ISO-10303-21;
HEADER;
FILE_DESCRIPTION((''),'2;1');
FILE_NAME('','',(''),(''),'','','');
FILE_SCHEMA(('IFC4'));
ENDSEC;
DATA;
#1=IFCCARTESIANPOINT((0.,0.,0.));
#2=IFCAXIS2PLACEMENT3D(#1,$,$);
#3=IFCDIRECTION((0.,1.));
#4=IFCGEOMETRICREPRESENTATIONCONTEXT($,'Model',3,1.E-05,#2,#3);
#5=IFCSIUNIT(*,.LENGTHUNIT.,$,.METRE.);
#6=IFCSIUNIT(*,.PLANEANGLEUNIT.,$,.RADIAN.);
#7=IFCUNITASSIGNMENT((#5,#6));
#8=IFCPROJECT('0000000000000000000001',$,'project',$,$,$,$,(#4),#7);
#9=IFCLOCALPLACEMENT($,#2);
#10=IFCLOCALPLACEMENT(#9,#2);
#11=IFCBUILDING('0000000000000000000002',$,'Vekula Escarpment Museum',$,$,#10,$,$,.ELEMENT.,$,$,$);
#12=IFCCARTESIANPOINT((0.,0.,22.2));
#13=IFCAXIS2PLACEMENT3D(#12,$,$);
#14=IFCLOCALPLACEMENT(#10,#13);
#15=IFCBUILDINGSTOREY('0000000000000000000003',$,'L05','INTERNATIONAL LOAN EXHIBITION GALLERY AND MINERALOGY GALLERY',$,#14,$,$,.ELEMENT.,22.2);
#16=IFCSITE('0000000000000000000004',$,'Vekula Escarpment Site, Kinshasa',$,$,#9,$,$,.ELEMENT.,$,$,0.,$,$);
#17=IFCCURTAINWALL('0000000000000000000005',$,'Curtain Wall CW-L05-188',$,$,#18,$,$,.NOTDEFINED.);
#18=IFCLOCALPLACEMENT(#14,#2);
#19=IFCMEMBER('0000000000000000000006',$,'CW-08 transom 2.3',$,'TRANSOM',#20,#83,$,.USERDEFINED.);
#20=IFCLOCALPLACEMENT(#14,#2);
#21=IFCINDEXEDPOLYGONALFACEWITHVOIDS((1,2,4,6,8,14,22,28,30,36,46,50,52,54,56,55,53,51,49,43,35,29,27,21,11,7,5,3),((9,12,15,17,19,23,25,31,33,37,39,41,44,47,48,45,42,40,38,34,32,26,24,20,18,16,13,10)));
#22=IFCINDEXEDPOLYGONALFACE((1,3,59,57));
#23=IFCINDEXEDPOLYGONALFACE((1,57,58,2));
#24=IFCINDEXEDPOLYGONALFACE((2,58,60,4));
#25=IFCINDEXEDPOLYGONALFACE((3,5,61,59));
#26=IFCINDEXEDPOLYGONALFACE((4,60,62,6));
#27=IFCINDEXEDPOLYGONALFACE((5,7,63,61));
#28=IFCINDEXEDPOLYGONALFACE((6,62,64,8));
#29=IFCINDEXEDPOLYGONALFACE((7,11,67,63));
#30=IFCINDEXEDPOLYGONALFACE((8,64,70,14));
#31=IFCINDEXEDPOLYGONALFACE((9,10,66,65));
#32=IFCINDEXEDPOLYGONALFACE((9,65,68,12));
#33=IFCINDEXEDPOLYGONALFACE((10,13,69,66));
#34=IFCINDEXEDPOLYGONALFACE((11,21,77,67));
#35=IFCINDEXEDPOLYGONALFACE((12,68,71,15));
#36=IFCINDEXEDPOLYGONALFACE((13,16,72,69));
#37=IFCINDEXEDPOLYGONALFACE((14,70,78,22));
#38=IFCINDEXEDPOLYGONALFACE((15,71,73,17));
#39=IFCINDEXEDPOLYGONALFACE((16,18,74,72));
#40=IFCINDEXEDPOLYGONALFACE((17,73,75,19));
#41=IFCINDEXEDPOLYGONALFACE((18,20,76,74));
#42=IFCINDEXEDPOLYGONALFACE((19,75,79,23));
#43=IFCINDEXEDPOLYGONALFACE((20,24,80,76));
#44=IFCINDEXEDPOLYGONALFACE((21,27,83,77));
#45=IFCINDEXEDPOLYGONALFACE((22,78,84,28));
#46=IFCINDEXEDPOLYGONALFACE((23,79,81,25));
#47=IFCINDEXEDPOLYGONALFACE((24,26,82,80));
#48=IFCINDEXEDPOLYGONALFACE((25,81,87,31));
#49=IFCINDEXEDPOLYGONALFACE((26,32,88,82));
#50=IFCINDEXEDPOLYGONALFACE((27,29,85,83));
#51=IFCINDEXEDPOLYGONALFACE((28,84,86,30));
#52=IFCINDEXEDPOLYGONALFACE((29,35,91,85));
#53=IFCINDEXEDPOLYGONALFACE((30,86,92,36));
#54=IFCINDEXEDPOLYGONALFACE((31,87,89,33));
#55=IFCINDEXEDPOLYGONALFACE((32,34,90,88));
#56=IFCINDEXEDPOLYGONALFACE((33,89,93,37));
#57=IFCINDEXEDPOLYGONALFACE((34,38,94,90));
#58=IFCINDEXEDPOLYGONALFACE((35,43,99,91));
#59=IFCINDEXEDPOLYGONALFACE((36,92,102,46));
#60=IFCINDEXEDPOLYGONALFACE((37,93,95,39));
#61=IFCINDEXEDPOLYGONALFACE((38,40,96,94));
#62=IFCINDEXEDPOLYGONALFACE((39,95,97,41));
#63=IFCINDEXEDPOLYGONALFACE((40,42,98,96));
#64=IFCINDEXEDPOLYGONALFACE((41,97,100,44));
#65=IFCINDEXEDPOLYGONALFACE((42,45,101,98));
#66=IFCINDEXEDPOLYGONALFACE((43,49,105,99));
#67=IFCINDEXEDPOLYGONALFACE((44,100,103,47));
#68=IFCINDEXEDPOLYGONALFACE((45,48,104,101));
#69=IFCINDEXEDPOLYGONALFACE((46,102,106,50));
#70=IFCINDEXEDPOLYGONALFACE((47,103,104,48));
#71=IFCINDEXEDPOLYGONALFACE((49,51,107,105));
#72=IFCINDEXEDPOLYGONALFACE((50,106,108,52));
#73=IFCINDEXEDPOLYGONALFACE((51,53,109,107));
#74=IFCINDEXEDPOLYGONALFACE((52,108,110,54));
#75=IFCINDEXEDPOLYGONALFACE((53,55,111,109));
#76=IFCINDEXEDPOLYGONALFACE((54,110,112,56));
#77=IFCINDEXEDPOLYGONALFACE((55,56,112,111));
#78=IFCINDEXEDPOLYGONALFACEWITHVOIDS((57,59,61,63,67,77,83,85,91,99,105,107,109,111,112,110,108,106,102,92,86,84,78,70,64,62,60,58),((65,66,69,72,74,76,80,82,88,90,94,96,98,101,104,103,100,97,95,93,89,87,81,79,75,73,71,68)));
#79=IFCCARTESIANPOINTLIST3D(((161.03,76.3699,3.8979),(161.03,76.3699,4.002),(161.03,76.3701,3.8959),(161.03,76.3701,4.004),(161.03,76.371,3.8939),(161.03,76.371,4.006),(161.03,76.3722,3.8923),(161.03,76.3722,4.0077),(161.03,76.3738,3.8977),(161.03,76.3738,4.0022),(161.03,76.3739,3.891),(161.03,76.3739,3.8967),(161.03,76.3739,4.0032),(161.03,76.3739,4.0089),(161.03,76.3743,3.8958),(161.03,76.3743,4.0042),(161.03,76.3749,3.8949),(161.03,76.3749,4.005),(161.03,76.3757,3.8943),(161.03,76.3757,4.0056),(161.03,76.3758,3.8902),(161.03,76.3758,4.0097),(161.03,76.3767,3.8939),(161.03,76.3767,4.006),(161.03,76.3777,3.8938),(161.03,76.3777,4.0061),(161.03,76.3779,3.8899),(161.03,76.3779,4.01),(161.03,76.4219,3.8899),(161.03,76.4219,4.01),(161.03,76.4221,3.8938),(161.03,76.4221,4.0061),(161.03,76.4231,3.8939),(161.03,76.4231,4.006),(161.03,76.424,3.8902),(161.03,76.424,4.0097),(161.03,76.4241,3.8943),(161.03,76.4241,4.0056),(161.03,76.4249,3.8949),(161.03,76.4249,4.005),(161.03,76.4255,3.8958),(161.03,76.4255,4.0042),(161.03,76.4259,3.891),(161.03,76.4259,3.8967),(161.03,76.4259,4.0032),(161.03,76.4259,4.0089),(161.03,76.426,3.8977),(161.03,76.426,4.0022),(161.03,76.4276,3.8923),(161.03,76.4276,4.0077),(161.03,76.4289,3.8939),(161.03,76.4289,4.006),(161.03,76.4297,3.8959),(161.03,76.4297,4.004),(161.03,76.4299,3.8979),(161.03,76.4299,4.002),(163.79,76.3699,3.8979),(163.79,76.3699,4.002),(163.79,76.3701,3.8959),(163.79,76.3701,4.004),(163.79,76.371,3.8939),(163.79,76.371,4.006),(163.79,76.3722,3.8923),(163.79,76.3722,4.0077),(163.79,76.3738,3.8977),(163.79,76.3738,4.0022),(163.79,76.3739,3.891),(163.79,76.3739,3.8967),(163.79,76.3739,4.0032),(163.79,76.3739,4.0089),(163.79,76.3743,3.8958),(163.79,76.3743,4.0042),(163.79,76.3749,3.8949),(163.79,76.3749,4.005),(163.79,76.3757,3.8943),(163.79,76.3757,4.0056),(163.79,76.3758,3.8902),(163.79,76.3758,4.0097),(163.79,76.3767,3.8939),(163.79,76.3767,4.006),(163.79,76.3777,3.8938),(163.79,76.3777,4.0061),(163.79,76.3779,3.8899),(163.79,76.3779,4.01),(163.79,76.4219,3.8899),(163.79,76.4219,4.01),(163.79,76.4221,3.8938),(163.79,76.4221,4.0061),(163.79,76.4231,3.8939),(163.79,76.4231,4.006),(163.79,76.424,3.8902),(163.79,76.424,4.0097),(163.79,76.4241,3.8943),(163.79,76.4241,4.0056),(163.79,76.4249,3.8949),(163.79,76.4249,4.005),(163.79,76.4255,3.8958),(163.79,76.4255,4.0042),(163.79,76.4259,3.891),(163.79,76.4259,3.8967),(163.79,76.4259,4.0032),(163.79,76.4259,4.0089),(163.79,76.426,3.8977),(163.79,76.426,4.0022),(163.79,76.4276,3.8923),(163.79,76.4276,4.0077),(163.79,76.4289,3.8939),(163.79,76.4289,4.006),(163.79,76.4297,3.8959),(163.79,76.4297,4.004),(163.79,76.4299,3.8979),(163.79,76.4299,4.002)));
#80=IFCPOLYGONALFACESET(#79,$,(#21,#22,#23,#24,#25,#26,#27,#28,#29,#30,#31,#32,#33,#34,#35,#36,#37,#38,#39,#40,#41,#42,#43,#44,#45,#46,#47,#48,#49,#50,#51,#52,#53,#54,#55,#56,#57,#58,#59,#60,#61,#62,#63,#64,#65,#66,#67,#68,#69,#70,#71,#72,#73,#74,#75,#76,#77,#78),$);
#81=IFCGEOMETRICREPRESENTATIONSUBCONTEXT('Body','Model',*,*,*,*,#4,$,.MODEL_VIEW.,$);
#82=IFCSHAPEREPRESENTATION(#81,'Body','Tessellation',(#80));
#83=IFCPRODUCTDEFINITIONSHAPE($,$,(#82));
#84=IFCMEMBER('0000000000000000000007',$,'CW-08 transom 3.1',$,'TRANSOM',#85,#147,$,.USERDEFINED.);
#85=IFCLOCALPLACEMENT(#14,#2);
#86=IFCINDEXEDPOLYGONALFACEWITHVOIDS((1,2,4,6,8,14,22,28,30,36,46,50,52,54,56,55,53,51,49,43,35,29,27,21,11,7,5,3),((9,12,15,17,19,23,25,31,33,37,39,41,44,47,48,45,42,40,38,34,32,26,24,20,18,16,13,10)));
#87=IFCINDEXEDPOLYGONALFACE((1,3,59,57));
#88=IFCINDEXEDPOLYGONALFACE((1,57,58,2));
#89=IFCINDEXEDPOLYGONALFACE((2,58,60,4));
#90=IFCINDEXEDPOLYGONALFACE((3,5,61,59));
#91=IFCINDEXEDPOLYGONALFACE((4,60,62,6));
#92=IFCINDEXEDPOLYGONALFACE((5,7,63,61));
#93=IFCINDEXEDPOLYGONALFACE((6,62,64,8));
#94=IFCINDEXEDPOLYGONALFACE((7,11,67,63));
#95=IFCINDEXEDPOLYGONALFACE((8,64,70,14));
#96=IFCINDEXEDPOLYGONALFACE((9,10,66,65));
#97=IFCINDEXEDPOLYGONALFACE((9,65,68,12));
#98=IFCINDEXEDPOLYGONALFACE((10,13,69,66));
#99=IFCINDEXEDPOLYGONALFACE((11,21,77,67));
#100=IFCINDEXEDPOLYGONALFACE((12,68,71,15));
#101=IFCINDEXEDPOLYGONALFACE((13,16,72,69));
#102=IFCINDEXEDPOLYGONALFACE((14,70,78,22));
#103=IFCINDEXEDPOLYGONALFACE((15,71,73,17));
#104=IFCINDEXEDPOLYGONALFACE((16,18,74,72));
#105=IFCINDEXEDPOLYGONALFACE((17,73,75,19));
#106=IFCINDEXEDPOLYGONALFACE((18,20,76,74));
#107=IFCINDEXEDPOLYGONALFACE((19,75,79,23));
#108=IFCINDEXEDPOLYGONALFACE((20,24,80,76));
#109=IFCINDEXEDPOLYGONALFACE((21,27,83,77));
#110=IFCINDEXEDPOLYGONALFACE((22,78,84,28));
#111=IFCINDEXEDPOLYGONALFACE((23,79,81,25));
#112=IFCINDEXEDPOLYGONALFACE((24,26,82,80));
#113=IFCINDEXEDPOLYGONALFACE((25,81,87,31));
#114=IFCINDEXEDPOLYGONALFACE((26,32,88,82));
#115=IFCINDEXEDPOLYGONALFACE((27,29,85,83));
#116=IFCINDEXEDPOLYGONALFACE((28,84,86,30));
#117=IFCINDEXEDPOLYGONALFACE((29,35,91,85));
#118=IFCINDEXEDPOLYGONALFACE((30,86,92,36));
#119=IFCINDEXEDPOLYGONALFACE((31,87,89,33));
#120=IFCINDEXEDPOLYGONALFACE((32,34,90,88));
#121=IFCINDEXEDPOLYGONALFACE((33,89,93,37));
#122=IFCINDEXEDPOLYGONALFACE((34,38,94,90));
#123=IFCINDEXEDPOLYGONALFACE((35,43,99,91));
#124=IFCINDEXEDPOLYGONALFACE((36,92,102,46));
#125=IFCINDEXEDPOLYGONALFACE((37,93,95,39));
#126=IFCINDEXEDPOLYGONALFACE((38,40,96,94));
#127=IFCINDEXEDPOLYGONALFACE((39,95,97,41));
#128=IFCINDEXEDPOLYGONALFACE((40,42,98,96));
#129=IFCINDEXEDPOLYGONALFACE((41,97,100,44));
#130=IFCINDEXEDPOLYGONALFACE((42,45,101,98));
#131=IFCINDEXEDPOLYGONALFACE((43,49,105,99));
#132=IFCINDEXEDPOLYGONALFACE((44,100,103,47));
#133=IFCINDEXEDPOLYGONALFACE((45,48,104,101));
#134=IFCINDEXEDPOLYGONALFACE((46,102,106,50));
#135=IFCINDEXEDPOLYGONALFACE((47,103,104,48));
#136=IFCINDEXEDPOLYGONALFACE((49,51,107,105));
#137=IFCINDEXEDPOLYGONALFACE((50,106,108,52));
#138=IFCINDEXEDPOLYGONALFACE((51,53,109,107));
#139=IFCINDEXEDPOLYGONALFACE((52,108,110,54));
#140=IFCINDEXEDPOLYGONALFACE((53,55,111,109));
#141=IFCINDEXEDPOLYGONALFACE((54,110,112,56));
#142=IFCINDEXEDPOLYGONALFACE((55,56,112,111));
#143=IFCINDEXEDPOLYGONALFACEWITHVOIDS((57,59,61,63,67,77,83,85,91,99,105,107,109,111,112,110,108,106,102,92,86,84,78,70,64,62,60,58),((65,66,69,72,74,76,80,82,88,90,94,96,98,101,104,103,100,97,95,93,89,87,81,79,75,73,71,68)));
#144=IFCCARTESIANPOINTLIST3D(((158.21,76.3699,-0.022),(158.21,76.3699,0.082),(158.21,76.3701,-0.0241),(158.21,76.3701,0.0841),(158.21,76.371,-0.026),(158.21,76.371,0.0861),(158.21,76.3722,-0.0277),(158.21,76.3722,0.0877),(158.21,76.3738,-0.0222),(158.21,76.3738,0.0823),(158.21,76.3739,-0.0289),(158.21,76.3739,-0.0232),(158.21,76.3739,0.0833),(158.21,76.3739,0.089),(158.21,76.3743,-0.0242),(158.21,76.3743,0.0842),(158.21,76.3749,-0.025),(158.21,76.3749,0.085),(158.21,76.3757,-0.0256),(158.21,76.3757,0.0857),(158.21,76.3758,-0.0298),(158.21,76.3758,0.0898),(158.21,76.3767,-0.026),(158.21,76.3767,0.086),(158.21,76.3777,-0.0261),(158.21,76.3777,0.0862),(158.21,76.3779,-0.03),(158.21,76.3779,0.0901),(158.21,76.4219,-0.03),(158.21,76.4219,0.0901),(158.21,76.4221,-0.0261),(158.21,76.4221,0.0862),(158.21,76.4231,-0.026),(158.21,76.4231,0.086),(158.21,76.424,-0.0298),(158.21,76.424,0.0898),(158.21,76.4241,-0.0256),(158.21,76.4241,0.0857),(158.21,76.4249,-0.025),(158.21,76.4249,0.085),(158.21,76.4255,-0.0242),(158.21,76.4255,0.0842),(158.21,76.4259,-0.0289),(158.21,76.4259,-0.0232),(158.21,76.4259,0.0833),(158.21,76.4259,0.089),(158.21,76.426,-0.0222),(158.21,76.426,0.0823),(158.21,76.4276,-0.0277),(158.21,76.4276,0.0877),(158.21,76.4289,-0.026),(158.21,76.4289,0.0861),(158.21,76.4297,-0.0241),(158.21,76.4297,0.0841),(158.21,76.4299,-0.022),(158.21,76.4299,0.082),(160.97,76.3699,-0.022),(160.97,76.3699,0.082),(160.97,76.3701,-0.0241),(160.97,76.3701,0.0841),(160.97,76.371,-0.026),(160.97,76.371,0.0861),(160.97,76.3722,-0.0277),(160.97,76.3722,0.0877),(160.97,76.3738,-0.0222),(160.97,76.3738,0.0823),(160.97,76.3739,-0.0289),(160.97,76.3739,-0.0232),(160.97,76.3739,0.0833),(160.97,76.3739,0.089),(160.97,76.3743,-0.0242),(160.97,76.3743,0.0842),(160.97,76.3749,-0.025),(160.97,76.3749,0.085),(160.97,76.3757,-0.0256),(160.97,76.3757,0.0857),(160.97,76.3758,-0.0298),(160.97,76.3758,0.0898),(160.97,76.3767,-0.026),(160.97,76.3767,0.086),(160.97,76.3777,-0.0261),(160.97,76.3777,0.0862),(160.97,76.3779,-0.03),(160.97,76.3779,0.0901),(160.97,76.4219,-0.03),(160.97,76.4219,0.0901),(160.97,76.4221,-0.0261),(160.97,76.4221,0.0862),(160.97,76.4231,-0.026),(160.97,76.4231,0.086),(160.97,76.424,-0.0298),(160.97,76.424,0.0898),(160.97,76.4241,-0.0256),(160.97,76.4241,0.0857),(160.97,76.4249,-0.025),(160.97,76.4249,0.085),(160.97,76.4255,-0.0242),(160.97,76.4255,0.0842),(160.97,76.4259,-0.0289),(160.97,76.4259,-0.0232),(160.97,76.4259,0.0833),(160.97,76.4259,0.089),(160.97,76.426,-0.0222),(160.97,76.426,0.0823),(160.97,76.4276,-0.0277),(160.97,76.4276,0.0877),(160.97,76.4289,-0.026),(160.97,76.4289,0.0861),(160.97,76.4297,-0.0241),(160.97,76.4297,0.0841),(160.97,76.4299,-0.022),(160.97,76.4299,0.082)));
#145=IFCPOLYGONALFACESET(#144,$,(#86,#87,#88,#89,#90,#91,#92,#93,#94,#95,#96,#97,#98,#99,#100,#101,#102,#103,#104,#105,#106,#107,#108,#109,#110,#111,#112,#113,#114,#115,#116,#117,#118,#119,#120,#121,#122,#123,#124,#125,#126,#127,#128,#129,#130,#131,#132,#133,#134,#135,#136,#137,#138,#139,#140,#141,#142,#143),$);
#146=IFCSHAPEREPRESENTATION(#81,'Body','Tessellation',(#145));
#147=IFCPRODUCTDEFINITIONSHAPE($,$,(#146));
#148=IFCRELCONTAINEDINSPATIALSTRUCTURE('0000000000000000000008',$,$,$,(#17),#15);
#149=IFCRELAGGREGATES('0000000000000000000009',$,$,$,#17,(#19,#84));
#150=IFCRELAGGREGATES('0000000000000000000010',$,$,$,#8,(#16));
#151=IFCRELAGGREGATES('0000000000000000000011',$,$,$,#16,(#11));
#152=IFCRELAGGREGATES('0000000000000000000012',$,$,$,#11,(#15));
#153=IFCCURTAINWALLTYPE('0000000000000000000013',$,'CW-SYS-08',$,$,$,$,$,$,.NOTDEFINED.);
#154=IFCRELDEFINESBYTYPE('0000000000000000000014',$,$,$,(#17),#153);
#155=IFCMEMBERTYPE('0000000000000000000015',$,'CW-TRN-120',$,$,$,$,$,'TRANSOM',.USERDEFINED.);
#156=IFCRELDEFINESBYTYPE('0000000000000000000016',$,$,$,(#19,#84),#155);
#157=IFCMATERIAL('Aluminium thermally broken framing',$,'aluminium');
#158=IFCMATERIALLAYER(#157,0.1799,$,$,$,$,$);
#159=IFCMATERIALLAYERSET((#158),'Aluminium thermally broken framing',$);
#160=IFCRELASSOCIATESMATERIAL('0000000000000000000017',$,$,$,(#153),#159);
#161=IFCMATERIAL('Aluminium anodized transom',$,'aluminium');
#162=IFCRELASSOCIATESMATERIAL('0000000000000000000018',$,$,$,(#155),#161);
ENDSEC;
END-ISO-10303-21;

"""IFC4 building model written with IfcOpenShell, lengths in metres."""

from ifc_helpers import new_model, si_unit, direction, frame, origin, origin_2d, place, context, subcontext, project, spatial, hollow_rectangle, extrude, material, layer, layer_set, material_profile, profile_set, type_object, element, aggregate, save


model = new_model("IFC4")

# Units and contexts
model_context = context("Model", 3, precision=1e-05, world=origin(), true_north=direction((0.0, 1.0)))
body_context = subcontext(model_context, "Body", "Model", "MODEL_VIEW")
ifc_project = project(units=[si_unit("LENGTHUNIT", "METRE"), si_unit("PLANEANGLEUNIT", "RADIAN")], contexts=[model_context])

# Site, building, storey
site_placement = place(None, origin())
site = spatial("IfcSite", under=ifc_project, at=site_placement, Name="Vekula Escarpment Site, Kinshasa", CompositionType="ELEMENT", RefElevation=0.0)
building_placement = place(site_placement, origin())
building = spatial("IfcBuilding", under=site, at=building_placement, Name="Vekula Escarpment Museum", CompositionType="ELEMENT")
storey_placement = place(building_placement, frame((0.0, 0.0, 22.2)))
storey = spatial("IfcBuildingStorey", under=building, at=storey_placement, Name="L05", Description="INTERNATIONAL LOAN EXHIBITION GALLERY AND MINERALOGY GALLERY", CompositionType="ELEMENT", Elevation=22.2)

# Curtain wall, members
ifc_material_1 = material(Name="Aluminium thermally broken framing", Category="aluminium")
ifc_layer_1 = layer(ifc_material_1, 0.1799)
ifc_layer_set_1 = layer_set([ifc_layer_1], Name="Aluminium thermally broken framing")
curtain_wall_type = type_object("IfcCurtainWallType", Name="CW-SYS-08", PredefinedType="NOTDEFINED", material=ifc_layer_set_1)
curtain_wall_placement = place(storey_placement, origin())
curtain_wall = element("IfcCurtainWall", 1, at=curtain_wall_placement, inside=storey, type_object=curtain_wall_type, Name="Curtain Wall CW-L05-188", PredefinedType="NOTDEFINED")
ifc_material_2 = material(Name="Aluminium anodized transom", Category="aluminium")
ifc_material_profile_1 = material_profile(ifc_material_2, hollow_rectangle(XDim=0.0601, YDim=0.1201, WallThickness=0.0039, InnerFilletRadius=0.0039, OuterFilletRadius=0.0081, at=origin_2d()), Name="ALU 120x60x4")
ifc_profile_set_1 = profile_set([ifc_material_profile_1], Name="Aluminium anodized transom")
member_type_1 = type_object("IfcMemberType", Name="CW-TRN-120", ElementType="TRANSOM", PredefinedType="USERDEFINED", material=ifc_profile_set_1)
member_1_placement = place(storey_placement, frame((163.79, 76.3999, 3.95), z_axis=(-1.0, 0.0, 0.0), x_axis=(0.0, -1.0, 0.0)))
member_1 = element("IfcMember", 2, at=member_1_placement, type_object=member_type_1, Name="CW-08 transom 2.3", ObjectType="TRANSOM", PredefinedType="USERDEFINED", context=body_context, shape_type="SweptSolid", body=[
    extrude(hollow_rectangle(XDim=0.0601, YDim=0.1201, WallThickness=0.0039, InnerFilletRadius=0.0039, OuterFilletRadius=0.0081, at=origin_2d()), origin(), (0.0, 0.0, 1.0), 2.76),
])
member_2_placement = place(storey_placement, frame((160.97, 76.3999, 0.03), z_axis=(-1.0, 0.0, 0.0), x_axis=(0.0, -1.0, 0.0)))
member_2 = element("IfcMember", 3, at=member_2_placement, type_object=member_type_1, Name="CW-08 transom 3.1", ObjectType="TRANSOM", PredefinedType="USERDEFINED", context=body_context, shape_type="SweptSolid", body=[
    extrude(hollow_rectangle(XDim=0.0601, YDim=0.1201, WallThickness=0.0039, InnerFilletRadius=0.0039, OuterFilletRadius=0.0081, at=origin_2d()), origin(), (0.0, 0.0, 1.0), 2.76),
])
aggregate(curtain_wall, [member_1, member_2])

save(model, "model.ifc")
